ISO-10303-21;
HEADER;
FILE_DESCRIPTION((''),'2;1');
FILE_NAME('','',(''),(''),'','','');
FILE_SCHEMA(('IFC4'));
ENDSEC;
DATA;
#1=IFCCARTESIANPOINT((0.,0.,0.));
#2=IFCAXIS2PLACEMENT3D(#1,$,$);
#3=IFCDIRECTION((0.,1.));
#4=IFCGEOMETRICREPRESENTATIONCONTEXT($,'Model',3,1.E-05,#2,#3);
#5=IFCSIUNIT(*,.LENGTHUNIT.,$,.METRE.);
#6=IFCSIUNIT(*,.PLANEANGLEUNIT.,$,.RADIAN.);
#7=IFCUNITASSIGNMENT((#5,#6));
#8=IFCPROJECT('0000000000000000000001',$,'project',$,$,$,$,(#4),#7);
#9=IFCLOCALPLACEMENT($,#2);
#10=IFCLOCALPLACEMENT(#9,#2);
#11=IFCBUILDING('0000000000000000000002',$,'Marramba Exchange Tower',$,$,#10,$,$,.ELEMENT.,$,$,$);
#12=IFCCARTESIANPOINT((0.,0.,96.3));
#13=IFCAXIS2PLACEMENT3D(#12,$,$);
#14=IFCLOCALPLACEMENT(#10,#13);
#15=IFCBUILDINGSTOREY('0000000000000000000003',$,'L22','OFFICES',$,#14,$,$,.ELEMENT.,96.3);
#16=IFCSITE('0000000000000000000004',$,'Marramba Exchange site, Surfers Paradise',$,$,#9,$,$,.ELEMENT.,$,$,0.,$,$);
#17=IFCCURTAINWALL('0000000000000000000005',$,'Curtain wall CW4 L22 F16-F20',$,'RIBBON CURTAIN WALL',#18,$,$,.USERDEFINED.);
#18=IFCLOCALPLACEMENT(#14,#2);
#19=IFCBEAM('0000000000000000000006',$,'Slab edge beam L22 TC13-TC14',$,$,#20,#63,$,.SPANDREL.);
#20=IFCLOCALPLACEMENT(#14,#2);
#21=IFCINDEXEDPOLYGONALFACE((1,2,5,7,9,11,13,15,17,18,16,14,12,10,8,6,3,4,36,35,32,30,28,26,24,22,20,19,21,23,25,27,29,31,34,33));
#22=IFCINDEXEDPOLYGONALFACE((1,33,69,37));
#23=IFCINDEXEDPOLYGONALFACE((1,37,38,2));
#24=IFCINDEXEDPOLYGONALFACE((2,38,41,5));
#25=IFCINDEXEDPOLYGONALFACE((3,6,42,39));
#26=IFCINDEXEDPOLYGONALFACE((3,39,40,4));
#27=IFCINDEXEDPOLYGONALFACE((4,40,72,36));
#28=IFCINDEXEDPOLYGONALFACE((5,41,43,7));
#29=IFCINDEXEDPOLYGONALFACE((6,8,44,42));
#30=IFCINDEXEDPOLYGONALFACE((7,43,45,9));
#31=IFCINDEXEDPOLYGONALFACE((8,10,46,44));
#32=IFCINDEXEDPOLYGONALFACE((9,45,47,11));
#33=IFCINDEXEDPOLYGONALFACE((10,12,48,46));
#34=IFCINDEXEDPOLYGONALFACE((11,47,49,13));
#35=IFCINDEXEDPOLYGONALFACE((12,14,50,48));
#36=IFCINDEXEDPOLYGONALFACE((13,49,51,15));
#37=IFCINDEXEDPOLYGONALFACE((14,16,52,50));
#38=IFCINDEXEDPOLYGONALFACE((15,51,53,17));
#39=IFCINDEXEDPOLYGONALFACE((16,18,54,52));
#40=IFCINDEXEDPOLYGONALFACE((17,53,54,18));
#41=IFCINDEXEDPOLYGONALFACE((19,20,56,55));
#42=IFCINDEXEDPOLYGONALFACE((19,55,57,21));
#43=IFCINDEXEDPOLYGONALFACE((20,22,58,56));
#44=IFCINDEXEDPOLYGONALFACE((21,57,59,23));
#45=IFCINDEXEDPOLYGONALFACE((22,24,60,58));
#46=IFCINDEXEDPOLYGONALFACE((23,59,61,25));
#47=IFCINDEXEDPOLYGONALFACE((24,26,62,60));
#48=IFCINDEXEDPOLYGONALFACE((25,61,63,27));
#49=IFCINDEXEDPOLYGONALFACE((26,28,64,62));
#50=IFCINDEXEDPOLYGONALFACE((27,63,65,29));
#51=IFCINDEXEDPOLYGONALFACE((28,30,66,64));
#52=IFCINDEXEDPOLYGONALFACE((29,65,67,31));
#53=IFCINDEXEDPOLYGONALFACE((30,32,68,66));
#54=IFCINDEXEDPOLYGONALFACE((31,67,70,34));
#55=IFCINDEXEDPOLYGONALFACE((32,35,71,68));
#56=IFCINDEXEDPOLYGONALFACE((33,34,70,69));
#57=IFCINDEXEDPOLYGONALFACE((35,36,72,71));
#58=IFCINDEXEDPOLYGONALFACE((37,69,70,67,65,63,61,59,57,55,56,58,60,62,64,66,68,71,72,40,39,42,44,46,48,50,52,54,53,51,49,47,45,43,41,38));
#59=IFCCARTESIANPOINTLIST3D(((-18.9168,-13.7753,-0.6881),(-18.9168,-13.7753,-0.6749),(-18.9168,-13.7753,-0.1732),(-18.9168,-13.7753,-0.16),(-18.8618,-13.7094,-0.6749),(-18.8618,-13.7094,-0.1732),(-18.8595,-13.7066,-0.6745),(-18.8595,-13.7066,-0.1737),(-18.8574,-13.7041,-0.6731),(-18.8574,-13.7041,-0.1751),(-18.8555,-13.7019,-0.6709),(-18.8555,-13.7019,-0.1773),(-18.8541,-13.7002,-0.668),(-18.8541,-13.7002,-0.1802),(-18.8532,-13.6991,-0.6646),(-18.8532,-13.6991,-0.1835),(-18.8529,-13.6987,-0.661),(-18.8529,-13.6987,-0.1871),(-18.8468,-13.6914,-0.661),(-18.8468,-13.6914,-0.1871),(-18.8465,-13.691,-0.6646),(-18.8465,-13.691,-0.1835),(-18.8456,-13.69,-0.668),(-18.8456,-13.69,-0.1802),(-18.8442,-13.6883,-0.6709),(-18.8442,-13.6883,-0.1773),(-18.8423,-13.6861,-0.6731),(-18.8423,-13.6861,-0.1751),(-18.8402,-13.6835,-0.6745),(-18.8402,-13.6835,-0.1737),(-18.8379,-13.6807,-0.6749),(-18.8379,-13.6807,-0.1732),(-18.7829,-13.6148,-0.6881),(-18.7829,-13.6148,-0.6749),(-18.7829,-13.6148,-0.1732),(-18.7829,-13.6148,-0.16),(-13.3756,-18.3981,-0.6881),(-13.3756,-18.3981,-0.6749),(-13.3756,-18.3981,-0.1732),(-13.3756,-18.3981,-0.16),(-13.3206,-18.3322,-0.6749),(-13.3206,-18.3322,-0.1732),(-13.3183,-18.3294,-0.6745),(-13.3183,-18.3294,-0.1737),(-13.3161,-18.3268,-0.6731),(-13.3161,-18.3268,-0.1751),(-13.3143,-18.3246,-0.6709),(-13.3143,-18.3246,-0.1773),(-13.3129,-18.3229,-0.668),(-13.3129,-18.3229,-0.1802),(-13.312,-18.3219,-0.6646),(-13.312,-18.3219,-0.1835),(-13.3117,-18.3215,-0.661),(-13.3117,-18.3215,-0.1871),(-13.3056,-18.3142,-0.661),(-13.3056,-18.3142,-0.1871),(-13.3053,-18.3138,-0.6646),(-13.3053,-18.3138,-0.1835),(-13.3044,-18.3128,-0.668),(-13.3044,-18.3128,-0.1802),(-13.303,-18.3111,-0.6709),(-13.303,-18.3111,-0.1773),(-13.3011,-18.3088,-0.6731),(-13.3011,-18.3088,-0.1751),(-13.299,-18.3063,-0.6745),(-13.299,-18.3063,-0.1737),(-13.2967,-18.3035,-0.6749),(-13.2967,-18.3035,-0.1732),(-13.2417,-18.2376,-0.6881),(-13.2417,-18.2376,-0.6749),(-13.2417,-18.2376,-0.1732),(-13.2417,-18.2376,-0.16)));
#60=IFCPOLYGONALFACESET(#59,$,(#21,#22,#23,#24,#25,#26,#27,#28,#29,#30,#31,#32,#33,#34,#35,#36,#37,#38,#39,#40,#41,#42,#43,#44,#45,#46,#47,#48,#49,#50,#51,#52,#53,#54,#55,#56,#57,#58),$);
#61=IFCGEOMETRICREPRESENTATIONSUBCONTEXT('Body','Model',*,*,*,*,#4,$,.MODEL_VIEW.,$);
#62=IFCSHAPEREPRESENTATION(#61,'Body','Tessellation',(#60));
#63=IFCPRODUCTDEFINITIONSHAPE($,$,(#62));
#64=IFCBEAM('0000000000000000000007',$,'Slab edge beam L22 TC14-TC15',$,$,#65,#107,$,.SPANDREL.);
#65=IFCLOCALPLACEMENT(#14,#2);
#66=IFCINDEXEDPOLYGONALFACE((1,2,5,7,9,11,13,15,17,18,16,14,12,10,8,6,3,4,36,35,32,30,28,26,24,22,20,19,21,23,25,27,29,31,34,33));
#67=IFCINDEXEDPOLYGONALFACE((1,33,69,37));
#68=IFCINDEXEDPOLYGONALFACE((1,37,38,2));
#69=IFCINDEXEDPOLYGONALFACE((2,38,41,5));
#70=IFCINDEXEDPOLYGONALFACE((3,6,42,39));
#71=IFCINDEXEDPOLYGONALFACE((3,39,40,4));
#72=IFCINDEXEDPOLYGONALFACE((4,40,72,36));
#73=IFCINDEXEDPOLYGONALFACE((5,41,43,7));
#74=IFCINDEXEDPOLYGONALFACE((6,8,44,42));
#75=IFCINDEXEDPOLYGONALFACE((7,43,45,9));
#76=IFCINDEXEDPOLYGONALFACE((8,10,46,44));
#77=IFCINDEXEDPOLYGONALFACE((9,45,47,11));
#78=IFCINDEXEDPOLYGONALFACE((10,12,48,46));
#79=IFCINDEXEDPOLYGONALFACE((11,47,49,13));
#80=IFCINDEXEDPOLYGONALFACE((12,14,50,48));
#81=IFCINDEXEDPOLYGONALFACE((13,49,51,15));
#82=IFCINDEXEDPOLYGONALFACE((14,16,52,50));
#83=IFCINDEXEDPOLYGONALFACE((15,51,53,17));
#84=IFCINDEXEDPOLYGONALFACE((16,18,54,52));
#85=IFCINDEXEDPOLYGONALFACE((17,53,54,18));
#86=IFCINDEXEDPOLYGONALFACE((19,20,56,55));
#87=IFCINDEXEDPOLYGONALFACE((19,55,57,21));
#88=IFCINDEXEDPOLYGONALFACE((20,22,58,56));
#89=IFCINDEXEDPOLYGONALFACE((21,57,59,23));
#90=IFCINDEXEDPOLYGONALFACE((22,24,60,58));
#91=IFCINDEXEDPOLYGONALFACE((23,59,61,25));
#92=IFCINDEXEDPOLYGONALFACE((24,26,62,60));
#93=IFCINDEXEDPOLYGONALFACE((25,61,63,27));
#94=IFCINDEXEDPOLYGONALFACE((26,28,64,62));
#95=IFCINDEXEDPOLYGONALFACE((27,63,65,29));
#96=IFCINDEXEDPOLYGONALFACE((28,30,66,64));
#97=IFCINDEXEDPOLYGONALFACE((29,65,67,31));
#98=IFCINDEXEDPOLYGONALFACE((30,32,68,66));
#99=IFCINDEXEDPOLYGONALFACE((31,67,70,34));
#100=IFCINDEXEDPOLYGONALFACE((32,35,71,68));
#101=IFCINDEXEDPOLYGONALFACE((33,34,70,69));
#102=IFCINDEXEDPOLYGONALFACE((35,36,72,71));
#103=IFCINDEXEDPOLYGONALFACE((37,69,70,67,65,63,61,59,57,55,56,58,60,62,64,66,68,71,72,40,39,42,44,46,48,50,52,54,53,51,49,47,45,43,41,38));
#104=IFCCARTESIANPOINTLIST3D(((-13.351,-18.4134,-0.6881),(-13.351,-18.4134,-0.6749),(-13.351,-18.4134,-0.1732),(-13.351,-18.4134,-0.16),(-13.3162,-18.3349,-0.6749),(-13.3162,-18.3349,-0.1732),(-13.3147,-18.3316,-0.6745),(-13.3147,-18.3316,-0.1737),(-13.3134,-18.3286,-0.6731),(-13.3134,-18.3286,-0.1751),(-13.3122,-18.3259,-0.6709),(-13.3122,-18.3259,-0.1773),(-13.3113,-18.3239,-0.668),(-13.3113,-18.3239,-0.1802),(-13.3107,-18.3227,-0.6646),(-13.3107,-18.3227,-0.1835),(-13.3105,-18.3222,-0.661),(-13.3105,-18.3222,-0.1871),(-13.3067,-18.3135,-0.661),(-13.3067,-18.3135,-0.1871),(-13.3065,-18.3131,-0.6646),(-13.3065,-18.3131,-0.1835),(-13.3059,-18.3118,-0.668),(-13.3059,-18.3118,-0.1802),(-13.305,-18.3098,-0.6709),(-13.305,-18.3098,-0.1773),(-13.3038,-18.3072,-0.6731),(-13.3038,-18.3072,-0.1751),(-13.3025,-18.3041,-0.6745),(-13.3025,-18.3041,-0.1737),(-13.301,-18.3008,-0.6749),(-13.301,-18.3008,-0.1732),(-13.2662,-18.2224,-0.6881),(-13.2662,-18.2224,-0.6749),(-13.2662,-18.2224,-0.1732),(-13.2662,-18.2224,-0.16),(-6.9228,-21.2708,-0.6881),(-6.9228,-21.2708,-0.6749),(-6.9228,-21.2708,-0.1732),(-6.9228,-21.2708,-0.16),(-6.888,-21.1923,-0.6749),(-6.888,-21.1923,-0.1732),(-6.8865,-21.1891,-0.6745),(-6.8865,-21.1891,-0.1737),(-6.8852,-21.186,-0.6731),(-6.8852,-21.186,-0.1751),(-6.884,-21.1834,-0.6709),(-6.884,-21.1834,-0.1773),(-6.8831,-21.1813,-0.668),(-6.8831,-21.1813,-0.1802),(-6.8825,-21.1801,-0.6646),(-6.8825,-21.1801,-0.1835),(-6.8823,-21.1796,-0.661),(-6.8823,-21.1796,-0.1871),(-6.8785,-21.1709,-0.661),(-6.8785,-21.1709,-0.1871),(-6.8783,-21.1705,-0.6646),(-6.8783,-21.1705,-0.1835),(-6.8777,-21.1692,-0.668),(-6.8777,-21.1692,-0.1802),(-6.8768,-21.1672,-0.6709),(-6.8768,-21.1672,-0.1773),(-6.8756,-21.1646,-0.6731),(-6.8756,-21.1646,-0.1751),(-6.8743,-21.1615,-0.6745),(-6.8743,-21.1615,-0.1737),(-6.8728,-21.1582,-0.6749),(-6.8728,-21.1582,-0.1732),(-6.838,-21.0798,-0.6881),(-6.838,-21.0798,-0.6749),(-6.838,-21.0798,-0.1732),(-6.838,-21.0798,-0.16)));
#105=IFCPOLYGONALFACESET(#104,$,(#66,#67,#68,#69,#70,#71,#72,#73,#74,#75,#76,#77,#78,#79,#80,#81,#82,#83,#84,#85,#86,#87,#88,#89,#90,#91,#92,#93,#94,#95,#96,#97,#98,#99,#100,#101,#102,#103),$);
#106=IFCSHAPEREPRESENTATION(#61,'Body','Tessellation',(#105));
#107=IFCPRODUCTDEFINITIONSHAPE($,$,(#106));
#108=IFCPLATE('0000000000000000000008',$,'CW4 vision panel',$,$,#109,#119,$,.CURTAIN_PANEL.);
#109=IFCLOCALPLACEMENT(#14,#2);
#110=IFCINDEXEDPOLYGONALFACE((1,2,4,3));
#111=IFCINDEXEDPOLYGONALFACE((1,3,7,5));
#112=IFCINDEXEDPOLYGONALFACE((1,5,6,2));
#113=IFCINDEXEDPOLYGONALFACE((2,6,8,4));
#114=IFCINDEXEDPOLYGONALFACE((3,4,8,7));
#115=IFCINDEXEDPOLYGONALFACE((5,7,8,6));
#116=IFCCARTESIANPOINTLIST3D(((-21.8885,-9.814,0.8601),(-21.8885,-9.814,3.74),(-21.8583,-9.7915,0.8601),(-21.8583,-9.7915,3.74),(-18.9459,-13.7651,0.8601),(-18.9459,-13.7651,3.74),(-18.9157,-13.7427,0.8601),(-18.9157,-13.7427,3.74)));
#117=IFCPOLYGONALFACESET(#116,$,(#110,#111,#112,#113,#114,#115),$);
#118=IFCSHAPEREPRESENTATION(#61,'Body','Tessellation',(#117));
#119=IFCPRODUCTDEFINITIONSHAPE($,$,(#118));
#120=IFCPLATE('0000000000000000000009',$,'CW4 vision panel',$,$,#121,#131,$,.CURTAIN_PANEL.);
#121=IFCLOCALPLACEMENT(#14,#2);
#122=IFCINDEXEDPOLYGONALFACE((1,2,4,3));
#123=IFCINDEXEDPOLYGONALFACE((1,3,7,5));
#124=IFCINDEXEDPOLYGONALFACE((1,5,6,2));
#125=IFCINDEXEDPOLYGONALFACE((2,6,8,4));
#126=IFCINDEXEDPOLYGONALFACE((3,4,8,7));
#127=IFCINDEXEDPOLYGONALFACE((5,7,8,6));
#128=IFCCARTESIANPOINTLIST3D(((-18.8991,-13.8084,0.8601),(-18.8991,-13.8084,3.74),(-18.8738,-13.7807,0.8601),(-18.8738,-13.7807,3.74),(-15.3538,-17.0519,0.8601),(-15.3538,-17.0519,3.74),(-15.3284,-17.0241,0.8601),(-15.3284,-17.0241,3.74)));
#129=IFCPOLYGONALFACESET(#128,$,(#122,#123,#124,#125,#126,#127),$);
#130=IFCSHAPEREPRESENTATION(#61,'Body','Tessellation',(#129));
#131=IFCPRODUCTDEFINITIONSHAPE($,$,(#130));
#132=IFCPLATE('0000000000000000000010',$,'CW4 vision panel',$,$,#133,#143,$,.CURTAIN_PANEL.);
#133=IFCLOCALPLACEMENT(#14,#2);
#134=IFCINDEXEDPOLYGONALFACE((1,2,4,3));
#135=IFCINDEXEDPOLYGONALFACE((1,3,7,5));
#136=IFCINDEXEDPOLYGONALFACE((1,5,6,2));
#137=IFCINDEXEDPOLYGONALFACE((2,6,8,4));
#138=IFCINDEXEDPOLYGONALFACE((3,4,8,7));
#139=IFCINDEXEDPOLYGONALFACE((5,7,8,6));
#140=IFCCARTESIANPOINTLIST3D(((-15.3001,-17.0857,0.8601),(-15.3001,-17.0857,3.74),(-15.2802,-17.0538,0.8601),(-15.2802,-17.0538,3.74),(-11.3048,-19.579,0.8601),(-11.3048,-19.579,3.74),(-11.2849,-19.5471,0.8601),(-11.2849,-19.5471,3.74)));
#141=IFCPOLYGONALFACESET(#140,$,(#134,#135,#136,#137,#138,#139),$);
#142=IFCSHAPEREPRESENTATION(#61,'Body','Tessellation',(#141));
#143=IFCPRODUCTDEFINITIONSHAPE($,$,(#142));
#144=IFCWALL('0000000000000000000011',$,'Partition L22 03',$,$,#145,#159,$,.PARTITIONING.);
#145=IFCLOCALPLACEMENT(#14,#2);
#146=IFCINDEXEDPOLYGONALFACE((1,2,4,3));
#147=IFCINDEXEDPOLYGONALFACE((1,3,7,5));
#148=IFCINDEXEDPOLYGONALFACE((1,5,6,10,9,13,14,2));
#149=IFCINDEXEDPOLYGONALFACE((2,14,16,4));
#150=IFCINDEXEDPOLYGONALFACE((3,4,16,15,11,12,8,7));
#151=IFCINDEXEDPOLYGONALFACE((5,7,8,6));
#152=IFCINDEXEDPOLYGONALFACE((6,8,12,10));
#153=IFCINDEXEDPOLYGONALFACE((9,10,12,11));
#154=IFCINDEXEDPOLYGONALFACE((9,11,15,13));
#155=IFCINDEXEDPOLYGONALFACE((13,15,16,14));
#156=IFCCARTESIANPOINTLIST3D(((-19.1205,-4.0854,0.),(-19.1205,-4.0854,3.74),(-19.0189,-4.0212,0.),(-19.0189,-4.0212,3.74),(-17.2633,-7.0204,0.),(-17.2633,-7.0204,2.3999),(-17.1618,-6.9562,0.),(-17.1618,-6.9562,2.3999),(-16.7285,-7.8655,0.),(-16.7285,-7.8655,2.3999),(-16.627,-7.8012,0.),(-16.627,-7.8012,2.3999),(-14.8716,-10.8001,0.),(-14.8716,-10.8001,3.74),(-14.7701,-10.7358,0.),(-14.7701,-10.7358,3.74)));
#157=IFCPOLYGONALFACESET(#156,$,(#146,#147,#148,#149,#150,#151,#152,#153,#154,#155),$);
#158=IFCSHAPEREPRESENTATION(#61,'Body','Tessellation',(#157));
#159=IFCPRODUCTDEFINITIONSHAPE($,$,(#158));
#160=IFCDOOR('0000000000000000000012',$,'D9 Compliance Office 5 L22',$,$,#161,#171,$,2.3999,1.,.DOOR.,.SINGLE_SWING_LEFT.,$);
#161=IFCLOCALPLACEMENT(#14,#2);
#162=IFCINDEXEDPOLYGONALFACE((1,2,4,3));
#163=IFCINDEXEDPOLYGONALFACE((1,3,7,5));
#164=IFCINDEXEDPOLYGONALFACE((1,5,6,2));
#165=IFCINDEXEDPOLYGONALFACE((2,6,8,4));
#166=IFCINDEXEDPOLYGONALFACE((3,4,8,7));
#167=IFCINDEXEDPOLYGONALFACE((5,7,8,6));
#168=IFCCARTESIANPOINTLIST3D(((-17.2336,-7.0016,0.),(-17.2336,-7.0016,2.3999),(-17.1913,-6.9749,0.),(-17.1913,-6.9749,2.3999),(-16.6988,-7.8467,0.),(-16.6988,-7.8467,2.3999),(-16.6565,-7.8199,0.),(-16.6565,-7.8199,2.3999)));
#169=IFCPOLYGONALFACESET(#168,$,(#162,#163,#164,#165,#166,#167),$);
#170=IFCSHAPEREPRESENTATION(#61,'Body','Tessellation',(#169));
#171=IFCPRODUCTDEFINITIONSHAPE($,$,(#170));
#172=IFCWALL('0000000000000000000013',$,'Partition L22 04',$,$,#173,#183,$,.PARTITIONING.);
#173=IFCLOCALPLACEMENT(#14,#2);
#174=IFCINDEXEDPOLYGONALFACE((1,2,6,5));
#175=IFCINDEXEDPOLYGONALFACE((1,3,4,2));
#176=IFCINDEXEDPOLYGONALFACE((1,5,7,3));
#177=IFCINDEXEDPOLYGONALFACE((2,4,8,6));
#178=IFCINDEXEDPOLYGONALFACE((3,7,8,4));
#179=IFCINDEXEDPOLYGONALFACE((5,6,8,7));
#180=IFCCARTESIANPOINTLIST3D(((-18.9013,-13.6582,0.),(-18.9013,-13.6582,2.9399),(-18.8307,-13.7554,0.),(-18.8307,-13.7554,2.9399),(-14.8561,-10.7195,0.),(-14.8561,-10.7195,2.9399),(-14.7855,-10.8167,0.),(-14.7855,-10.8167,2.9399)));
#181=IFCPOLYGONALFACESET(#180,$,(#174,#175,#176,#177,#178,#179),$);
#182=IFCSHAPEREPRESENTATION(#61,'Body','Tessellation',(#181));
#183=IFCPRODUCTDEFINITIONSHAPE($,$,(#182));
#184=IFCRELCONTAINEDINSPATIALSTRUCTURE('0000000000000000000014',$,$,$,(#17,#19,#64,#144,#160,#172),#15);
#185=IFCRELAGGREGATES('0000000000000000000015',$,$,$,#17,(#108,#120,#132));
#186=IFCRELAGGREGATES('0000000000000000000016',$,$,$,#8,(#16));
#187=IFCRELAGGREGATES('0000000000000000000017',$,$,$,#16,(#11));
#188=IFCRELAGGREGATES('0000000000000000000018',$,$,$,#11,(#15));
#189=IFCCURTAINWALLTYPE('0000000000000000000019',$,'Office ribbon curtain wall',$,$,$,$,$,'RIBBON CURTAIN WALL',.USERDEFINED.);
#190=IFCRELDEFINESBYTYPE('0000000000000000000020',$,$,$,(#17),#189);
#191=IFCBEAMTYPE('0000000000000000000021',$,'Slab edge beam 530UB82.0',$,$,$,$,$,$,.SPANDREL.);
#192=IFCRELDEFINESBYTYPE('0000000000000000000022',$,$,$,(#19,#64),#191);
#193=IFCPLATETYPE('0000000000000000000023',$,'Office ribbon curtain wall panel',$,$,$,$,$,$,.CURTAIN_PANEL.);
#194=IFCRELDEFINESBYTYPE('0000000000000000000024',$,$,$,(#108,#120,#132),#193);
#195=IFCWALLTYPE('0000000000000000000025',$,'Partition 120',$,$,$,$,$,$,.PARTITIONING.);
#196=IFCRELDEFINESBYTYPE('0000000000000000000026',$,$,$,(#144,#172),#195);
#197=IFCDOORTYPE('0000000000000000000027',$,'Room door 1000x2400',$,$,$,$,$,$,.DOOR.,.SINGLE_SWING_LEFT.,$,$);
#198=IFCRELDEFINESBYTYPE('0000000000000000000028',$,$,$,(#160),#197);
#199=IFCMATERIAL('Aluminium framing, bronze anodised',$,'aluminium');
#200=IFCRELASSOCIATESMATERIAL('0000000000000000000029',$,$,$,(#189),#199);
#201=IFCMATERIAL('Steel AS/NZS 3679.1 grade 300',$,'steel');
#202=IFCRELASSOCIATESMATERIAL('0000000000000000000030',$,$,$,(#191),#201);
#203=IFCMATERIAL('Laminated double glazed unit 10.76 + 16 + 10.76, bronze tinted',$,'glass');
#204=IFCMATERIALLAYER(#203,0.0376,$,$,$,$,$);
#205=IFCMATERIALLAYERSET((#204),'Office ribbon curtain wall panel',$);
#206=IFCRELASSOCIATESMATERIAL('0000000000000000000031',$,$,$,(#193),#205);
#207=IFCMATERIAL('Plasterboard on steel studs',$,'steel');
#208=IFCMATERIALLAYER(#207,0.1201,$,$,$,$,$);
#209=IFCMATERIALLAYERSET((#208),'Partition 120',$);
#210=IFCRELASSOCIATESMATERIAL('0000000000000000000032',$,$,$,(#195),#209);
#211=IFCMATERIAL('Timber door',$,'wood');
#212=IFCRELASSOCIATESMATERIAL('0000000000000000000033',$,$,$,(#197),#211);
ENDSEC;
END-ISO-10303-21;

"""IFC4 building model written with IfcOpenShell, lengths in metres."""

from ifc_helpers import new_model, si_unit, direction, frame, frame_2d, origin, origin_2d, place, context, subcontext, project, spatial, rectangle, i_section, extrude, material, layer, layer_set, material_profile, profile_set, type_object, element, fill, aggregate, save


model = new_model("IFC4")

# Units and contexts
model_context = context("Model", 3, precision=1e-05, world=origin(), true_north=direction((0.0, 1.0)))
body_context = subcontext(model_context, "Body", "Model", "MODEL_VIEW")
ifc_project = project(units=[si_unit("LENGTHUNIT", "METRE"), si_unit("PLANEANGLEUNIT", "RADIAN")], contexts=[model_context])

# Site, building, storey
site_placement = place(None, origin())
site = spatial("IfcSite", under=ifc_project, at=site_placement, Name="Marramba Exchange site, Surfers Paradise", CompositionType="ELEMENT", RefElevation=0.0)
building_placement = place(site_placement, origin())
building = spatial("IfcBuilding", under=site, at=building_placement, Name="Marramba Exchange Tower", CompositionType="ELEMENT")
storey_placement = place(building_placement, frame((0.0, 0.0, 96.3)))
storey = spatial("IfcBuildingStorey", under=building, at=storey_placement, Name="L22", Description="OFFICES", CompositionType="ELEMENT", Elevation=96.3)

# Curtain wall
ifc_material_1 = material(Name="Aluminium framing, bronze anodised", Category="aluminium")
curtain_wall_type = type_object("IfcCurtainWallType", Name="Office ribbon curtain wall", ElementType="RIBBON CURTAIN WALL", PredefinedType="USERDEFINED", material=ifc_material_1)
curtain_wall_placement = place(storey_placement, origin())
curtain_wall = element("IfcCurtainWall", 1, at=curtain_wall_placement, inside=storey, type_object=curtain_wall_type, Name="Curtain wall CW4 L22 F16-F20", ObjectType="RIBBON CURTAIN WALL", PredefinedType="USERDEFINED")

# Beams
ifc_material_2 = material(Name="Steel AS/NZS 3679.1 grade 300", Category="steel")
ifc_material_profile_1 = material_profile(ifc_material_2, i_section(OverallWidth=0.209, OverallDepth=0.5281, WebThickness=0.0095, FlangeThickness=0.0132, FilletRadius=0.0139, at=origin_2d()), Name="530UB82.0")
ifc_profile_set_1 = profile_set([ifc_material_profile_1], Name="Steel AS/NZS 3679.1 grade 300")
beam_type_1 = type_object("IfcBeamType", Name="Slab edge beam 530UB82.0", PredefinedType="SPANDREL", material=ifc_profile_set_1)
beam_1_placement = place(storey_placement, frame((-18.8499, -13.6951, -0.4241), z_axis=(0.767875, -0.6406, 0.0), x_axis=(0.6406, 0.767875, 0.0)))
element("IfcBeam", 2, at=beam_1_placement, inside=storey, type_object=beam_type_1, Name="Slab edge beam L22 TC13-TC14", PredefinedType="SPANDREL", context=body_context, shape_type="SweptSolid", body=[
    extrude(i_section(OverallWidth=0.209, OverallDepth=0.5281, WebThickness=0.0095, FlangeThickness=0.0132, FilletRadius=0.0139, at=origin_2d()), origin(), (0.0, 0.0, 1.0), 7.2163),
])
beam_2_placement = place(storey_placement, frame((-13.3086, -18.3179, -0.4241), z_axis=(0.913789, -0.40619, 0.0), x_axis=(0.40619, 0.913789, 0.0)))
element("IfcBeam", 3, at=beam_2_placement, inside=storey, type_object=beam_type_1, Name="Slab edge beam L22 TC14-TC15", PredefinedType="SPANDREL", context=body_context, shape_type="SweptSolid", body=[
    extrude(i_section(OverallWidth=0.209, OverallDepth=0.5281, WebThickness=0.0095, FlangeThickness=0.0132, FilletRadius=0.0139, at=origin_2d()), origin(), (0.0, 0.0, 1.0), 7.0347),
])

# Plates
ifc_material_3 = material(Name="Laminated double glazed unit 10.76 + 16 + 10.76, bronze tinted", Category="glass")
ifc_layer_1 = layer(ifc_material_3, 0.0376)
ifc_layer_set_1 = layer_set([ifc_layer_1], Name="Office ribbon curtain wall panel")
plate_type = type_object("IfcPlateType", Name="Office ribbon curtain wall panel", PredefinedType="CURTAIN_PANEL", material=ifc_layer_set_1)
plate_1_placement = place(storey_placement, frame((-20.4021, -11.7783, 0.8601), z_axis=(0.0, 0.0, 1.0), x_axis=(0.597305, -0.802014, 0.0)))
plate_1 = element("IfcPlate", 4, at=plate_1_placement, type_object=plate_type, Name="CW4 vision panel", PredefinedType="CURTAIN_PANEL", context=body_context, shape_type="SweptSolid", body=[
    extrude(rectangle(XDim=4.9265, YDim=0.0376, at=origin_2d()), origin(), (0.0, 0.0, 1.0), 2.8799),
])
plate_2_placement = place(storey_placement, frame((-17.1138, -15.4163, 0.8601), z_axis=(0.0, 0.0, 1.0), x_axis=(0.737822, -0.674995, 0.0)))
plate_2 = element("IfcPlate", 5, at=plate_2_placement, type_object=plate_type, Name="CW4 vision panel", PredefinedType="CURTAIN_PANEL", context=body_context, shape_type="SweptSolid", body=[
    extrude(rectangle(XDim=4.8052, YDim=0.0376, at=origin_2d()), origin(), (0.0, 0.0, 1.0), 2.8799),
])
plate_3_placement = place(storey_placement, frame((-13.2925, -18.3164, 0.8601), z_axis=(0.0, 0.0, 1.0), x_axis=(0.848355, -0.529428, 0.0)))
plate_3 = element("IfcPlate", 6, at=plate_3_placement, type_object=plate_type, Name="CW4 vision panel", PredefinedType="CURTAIN_PANEL", context=body_context, shape_type="SweptSolid", body=[
    extrude(rectangle(XDim=4.7095, YDim=0.0376, at=origin_2d()), origin(), (0.0, 0.0, 1.0), 2.8799),
])
aggregate(curtain_wall, [plate_1, plate_2, plate_3])

# Wall, opening, door
ifc_material_4 = material(Name="Plasterboard on steel studs", Category="steel")
ifc_layer_2 = layer(ifc_material_4, 0.1201)
ifc_layer_set_2 = layer_set([ifc_layer_2], Name="Partition 120")
wall_type = type_object("IfcWallType", Name="Partition 120", PredefinedType="PARTITIONING", material=ifc_layer_set_2)
wall_1_placement = place(storey_placement, frame((-14.8208, -10.7681, 0.0), z_axis=(0.0, 0.0, 1.0), x_axis=(-0.534711, 0.845035, 0.0)))
wall_1 = element("IfcWall", 7, at=wall_1_placement, inside=storey, type_object=wall_type, Name="Partition L22 03", PredefinedType="PARTITIONING", context=body_context, shape_type="SweptSolid", body=[
    extrude(rectangle(XDim=7.946, YDim=0.1201, at=frame_2d((3.9731, 0.0))), origin(), (0.0, 0.0, 1.0), 3.74),
])
opening_1_placement = place(wall_1_placement, frame((3.4729, 0.0, 0.0)))
opening_1 = element("IfcOpeningElement", 8, at=opening_1_placement, cuts=wall_1, PredefinedType="OPENING", context=body_context, shape_type="SweptSolid", body=[
    extrude(rectangle(XDim=1.0, YDim=2.3999, at=frame_2d((0.5, 1.2))), frame((0.0, 0.0701, 0.0), z_axis=(0.0, -1.0, 0.0), x_axis=(1.0, 0.0, 0.0)), (0.0, 0.0, 1.0), 0.1401),
])
ifc_material_5 = material(Name="Timber door", Category="wood")
door_type = type_object("IfcDoorType", Name="Room door 1000x2400", OperationType="SINGLE_SWING_LEFT", PredefinedType="DOOR", material=ifc_material_5)
door_1_placement = place(opening_1_placement, origin())
door_1 = element("IfcDoor", 9, at=door_1_placement, inside=storey, type_object=door_type, Name="D9 Compliance Office 5 L22", OperationType="SINGLE_SWING_LEFT", OverallHeight=2.3999, OverallWidth=1.0, PredefinedType="DOOR", context=body_context, shape_type="SweptSolid", body=[
    extrude(rectangle(XDim=1.0, YDim=2.3999, at=frame_2d((0.5, 1.2))), frame((0.0, 0.0249, 0.0), z_axis=(0.0, -1.0, 0.0), x_axis=(1.0, 0.0, 0.0)), (0.0, 0.0, 1.0), 0.05),
])
fill(opening_1, door_1)

# Wall
wall_2_placement = place(storey_placement, frame((-14.8208, -10.7681, 0.0), z_axis=(0.0, 0.0, 1.0), x_axis=(-0.809042, -0.587751, 0.0)))
element("IfcWall", 10, at=wall_2_placement, inside=storey, type_object=wall_type, Name="Partition L22 04", PredefinedType="PARTITIONING", context=body_context, shape_type="SweptSolid", body=[
    extrude(rectangle(XDim=5.0, YDim=0.1201, at=frame_2d((2.5, 0.0))), origin(), (0.0, 0.0, 1.0), 2.9399),
])

save(model, "model.ifc")
